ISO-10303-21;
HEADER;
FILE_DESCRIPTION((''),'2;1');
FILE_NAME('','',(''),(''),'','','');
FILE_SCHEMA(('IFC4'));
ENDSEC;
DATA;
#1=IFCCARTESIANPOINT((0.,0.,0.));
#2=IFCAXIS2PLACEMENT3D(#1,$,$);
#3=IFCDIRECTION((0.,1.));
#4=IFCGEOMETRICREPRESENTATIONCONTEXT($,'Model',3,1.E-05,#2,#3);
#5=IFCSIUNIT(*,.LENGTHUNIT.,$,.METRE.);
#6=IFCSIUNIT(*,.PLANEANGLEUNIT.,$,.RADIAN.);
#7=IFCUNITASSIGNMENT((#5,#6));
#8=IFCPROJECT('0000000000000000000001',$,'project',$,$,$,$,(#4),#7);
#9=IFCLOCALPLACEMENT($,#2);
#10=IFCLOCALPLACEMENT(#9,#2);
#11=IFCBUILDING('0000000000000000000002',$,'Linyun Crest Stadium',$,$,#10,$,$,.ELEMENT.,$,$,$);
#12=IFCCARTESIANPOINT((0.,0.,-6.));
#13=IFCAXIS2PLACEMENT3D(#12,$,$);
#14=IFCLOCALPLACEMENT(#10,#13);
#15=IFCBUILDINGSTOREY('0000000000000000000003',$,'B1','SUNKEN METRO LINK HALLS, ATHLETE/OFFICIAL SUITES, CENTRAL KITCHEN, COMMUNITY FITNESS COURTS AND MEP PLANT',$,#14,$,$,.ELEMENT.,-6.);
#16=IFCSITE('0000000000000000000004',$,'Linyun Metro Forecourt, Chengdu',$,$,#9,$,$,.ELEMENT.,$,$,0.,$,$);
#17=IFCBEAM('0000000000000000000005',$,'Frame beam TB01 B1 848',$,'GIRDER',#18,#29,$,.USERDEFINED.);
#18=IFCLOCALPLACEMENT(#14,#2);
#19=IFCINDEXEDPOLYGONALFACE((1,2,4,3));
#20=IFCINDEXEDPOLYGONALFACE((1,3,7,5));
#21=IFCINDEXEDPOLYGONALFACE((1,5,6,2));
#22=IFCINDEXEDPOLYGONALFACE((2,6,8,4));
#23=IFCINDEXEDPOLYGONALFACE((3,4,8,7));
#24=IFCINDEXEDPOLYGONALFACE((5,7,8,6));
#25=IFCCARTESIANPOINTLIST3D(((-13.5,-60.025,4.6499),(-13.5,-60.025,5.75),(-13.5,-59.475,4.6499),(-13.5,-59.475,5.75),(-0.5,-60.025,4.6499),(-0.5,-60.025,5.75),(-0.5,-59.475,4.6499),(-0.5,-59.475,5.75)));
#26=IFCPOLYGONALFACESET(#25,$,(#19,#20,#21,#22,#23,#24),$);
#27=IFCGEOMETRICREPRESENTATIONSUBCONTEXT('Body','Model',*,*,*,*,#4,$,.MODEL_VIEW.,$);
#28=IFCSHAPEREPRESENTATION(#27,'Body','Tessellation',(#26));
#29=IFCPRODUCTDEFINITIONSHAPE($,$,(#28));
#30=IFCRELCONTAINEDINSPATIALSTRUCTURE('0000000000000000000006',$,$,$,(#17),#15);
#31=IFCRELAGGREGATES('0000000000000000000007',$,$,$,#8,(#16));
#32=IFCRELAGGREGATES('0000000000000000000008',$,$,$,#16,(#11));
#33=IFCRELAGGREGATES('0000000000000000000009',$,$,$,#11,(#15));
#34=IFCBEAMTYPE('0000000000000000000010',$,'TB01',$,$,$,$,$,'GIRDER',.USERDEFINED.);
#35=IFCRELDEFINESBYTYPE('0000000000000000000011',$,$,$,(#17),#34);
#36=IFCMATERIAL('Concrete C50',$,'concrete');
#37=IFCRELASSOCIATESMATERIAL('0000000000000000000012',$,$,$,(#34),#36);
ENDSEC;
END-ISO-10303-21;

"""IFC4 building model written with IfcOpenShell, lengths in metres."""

from ifc_helpers import new_model, si_unit, direction, frame, origin, origin_2d, place, context, subcontext, project, spatial, rectangle, extrude, material, material_profile, profile_set, type_object, element, save


model = new_model("IFC4")

# Units and contexts
model_context = context("Model", 3, precision=1e-05, world=origin(), true_north=direction((0.0, 1.0)))
body_context = subcontext(model_context, "Body", "Model", "MODEL_VIEW")
ifc_project = project(units=[si_unit("LENGTHUNIT", "METRE"), si_unit("PLANEANGLEUNIT", "RADIAN")], contexts=[model_context])

# Site, building, storey
site_placement = place(None, origin())
site = spatial("IfcSite", under=ifc_project, at=site_placement, Name="Linyun Metro Forecourt, Chengdu", CompositionType="ELEMENT", RefElevation=0.0)
building_placement = place(site_placement, origin())
building = spatial("IfcBuilding", under=site, at=building_placement, Name="Linyun Crest Stadium", CompositionType="ELEMENT")
storey_placement = place(building_placement, frame((0.0, 0.0, -6.0)))
storey = spatial("IfcBuildingStorey", under=building, at=storey_placement, Name="B1", Description="SUNKEN METRO LINK HALLS, ATHLETE/OFFICIAL SUITES, CENTRAL KITCHEN, COMMUNITY FITNESS COURTS AND MEP PLANT", CompositionType="ELEMENT", Elevation=-6.0)

# Beam
ifc_material_1 = material(Name="Concrete C50", Category="concrete")
ifc_material_profile_1 = material_profile(ifc_material_1, rectangle(XDim=0.55, YDim=1.1001, at=origin_2d()), Name="RCB 1100x550")
ifc_profile_set_1 = profile_set([ifc_material_profile_1], Name="Concrete C50")
beam_type_1 = type_object("IfcBeamType", Name="TB01", ElementType="GIRDER", PredefinedType="USERDEFINED", material=ifc_profile_set_1)
beam_1_placement = place(storey_placement, frame((-13.5, -59.75, 5.2), z_axis=(1.0, 0.0, 0.0), x_axis=(0.0, 1.0, 0.0)))
element("IfcBeam", 1, at=beam_1_placement, inside=storey, type_object=beam_type_1, Name="Frame beam TB01 B1 848", ObjectType="GIRDER", PredefinedType="USERDEFINED", context=body_context, shape_type="SweptSolid", body=[
    extrude(rectangle(XDim=0.55, YDim=1.1001, at=origin_2d()), origin(), (0.0, 0.0, 1.0), 13.0),
])

save(model, "model.ifc")
